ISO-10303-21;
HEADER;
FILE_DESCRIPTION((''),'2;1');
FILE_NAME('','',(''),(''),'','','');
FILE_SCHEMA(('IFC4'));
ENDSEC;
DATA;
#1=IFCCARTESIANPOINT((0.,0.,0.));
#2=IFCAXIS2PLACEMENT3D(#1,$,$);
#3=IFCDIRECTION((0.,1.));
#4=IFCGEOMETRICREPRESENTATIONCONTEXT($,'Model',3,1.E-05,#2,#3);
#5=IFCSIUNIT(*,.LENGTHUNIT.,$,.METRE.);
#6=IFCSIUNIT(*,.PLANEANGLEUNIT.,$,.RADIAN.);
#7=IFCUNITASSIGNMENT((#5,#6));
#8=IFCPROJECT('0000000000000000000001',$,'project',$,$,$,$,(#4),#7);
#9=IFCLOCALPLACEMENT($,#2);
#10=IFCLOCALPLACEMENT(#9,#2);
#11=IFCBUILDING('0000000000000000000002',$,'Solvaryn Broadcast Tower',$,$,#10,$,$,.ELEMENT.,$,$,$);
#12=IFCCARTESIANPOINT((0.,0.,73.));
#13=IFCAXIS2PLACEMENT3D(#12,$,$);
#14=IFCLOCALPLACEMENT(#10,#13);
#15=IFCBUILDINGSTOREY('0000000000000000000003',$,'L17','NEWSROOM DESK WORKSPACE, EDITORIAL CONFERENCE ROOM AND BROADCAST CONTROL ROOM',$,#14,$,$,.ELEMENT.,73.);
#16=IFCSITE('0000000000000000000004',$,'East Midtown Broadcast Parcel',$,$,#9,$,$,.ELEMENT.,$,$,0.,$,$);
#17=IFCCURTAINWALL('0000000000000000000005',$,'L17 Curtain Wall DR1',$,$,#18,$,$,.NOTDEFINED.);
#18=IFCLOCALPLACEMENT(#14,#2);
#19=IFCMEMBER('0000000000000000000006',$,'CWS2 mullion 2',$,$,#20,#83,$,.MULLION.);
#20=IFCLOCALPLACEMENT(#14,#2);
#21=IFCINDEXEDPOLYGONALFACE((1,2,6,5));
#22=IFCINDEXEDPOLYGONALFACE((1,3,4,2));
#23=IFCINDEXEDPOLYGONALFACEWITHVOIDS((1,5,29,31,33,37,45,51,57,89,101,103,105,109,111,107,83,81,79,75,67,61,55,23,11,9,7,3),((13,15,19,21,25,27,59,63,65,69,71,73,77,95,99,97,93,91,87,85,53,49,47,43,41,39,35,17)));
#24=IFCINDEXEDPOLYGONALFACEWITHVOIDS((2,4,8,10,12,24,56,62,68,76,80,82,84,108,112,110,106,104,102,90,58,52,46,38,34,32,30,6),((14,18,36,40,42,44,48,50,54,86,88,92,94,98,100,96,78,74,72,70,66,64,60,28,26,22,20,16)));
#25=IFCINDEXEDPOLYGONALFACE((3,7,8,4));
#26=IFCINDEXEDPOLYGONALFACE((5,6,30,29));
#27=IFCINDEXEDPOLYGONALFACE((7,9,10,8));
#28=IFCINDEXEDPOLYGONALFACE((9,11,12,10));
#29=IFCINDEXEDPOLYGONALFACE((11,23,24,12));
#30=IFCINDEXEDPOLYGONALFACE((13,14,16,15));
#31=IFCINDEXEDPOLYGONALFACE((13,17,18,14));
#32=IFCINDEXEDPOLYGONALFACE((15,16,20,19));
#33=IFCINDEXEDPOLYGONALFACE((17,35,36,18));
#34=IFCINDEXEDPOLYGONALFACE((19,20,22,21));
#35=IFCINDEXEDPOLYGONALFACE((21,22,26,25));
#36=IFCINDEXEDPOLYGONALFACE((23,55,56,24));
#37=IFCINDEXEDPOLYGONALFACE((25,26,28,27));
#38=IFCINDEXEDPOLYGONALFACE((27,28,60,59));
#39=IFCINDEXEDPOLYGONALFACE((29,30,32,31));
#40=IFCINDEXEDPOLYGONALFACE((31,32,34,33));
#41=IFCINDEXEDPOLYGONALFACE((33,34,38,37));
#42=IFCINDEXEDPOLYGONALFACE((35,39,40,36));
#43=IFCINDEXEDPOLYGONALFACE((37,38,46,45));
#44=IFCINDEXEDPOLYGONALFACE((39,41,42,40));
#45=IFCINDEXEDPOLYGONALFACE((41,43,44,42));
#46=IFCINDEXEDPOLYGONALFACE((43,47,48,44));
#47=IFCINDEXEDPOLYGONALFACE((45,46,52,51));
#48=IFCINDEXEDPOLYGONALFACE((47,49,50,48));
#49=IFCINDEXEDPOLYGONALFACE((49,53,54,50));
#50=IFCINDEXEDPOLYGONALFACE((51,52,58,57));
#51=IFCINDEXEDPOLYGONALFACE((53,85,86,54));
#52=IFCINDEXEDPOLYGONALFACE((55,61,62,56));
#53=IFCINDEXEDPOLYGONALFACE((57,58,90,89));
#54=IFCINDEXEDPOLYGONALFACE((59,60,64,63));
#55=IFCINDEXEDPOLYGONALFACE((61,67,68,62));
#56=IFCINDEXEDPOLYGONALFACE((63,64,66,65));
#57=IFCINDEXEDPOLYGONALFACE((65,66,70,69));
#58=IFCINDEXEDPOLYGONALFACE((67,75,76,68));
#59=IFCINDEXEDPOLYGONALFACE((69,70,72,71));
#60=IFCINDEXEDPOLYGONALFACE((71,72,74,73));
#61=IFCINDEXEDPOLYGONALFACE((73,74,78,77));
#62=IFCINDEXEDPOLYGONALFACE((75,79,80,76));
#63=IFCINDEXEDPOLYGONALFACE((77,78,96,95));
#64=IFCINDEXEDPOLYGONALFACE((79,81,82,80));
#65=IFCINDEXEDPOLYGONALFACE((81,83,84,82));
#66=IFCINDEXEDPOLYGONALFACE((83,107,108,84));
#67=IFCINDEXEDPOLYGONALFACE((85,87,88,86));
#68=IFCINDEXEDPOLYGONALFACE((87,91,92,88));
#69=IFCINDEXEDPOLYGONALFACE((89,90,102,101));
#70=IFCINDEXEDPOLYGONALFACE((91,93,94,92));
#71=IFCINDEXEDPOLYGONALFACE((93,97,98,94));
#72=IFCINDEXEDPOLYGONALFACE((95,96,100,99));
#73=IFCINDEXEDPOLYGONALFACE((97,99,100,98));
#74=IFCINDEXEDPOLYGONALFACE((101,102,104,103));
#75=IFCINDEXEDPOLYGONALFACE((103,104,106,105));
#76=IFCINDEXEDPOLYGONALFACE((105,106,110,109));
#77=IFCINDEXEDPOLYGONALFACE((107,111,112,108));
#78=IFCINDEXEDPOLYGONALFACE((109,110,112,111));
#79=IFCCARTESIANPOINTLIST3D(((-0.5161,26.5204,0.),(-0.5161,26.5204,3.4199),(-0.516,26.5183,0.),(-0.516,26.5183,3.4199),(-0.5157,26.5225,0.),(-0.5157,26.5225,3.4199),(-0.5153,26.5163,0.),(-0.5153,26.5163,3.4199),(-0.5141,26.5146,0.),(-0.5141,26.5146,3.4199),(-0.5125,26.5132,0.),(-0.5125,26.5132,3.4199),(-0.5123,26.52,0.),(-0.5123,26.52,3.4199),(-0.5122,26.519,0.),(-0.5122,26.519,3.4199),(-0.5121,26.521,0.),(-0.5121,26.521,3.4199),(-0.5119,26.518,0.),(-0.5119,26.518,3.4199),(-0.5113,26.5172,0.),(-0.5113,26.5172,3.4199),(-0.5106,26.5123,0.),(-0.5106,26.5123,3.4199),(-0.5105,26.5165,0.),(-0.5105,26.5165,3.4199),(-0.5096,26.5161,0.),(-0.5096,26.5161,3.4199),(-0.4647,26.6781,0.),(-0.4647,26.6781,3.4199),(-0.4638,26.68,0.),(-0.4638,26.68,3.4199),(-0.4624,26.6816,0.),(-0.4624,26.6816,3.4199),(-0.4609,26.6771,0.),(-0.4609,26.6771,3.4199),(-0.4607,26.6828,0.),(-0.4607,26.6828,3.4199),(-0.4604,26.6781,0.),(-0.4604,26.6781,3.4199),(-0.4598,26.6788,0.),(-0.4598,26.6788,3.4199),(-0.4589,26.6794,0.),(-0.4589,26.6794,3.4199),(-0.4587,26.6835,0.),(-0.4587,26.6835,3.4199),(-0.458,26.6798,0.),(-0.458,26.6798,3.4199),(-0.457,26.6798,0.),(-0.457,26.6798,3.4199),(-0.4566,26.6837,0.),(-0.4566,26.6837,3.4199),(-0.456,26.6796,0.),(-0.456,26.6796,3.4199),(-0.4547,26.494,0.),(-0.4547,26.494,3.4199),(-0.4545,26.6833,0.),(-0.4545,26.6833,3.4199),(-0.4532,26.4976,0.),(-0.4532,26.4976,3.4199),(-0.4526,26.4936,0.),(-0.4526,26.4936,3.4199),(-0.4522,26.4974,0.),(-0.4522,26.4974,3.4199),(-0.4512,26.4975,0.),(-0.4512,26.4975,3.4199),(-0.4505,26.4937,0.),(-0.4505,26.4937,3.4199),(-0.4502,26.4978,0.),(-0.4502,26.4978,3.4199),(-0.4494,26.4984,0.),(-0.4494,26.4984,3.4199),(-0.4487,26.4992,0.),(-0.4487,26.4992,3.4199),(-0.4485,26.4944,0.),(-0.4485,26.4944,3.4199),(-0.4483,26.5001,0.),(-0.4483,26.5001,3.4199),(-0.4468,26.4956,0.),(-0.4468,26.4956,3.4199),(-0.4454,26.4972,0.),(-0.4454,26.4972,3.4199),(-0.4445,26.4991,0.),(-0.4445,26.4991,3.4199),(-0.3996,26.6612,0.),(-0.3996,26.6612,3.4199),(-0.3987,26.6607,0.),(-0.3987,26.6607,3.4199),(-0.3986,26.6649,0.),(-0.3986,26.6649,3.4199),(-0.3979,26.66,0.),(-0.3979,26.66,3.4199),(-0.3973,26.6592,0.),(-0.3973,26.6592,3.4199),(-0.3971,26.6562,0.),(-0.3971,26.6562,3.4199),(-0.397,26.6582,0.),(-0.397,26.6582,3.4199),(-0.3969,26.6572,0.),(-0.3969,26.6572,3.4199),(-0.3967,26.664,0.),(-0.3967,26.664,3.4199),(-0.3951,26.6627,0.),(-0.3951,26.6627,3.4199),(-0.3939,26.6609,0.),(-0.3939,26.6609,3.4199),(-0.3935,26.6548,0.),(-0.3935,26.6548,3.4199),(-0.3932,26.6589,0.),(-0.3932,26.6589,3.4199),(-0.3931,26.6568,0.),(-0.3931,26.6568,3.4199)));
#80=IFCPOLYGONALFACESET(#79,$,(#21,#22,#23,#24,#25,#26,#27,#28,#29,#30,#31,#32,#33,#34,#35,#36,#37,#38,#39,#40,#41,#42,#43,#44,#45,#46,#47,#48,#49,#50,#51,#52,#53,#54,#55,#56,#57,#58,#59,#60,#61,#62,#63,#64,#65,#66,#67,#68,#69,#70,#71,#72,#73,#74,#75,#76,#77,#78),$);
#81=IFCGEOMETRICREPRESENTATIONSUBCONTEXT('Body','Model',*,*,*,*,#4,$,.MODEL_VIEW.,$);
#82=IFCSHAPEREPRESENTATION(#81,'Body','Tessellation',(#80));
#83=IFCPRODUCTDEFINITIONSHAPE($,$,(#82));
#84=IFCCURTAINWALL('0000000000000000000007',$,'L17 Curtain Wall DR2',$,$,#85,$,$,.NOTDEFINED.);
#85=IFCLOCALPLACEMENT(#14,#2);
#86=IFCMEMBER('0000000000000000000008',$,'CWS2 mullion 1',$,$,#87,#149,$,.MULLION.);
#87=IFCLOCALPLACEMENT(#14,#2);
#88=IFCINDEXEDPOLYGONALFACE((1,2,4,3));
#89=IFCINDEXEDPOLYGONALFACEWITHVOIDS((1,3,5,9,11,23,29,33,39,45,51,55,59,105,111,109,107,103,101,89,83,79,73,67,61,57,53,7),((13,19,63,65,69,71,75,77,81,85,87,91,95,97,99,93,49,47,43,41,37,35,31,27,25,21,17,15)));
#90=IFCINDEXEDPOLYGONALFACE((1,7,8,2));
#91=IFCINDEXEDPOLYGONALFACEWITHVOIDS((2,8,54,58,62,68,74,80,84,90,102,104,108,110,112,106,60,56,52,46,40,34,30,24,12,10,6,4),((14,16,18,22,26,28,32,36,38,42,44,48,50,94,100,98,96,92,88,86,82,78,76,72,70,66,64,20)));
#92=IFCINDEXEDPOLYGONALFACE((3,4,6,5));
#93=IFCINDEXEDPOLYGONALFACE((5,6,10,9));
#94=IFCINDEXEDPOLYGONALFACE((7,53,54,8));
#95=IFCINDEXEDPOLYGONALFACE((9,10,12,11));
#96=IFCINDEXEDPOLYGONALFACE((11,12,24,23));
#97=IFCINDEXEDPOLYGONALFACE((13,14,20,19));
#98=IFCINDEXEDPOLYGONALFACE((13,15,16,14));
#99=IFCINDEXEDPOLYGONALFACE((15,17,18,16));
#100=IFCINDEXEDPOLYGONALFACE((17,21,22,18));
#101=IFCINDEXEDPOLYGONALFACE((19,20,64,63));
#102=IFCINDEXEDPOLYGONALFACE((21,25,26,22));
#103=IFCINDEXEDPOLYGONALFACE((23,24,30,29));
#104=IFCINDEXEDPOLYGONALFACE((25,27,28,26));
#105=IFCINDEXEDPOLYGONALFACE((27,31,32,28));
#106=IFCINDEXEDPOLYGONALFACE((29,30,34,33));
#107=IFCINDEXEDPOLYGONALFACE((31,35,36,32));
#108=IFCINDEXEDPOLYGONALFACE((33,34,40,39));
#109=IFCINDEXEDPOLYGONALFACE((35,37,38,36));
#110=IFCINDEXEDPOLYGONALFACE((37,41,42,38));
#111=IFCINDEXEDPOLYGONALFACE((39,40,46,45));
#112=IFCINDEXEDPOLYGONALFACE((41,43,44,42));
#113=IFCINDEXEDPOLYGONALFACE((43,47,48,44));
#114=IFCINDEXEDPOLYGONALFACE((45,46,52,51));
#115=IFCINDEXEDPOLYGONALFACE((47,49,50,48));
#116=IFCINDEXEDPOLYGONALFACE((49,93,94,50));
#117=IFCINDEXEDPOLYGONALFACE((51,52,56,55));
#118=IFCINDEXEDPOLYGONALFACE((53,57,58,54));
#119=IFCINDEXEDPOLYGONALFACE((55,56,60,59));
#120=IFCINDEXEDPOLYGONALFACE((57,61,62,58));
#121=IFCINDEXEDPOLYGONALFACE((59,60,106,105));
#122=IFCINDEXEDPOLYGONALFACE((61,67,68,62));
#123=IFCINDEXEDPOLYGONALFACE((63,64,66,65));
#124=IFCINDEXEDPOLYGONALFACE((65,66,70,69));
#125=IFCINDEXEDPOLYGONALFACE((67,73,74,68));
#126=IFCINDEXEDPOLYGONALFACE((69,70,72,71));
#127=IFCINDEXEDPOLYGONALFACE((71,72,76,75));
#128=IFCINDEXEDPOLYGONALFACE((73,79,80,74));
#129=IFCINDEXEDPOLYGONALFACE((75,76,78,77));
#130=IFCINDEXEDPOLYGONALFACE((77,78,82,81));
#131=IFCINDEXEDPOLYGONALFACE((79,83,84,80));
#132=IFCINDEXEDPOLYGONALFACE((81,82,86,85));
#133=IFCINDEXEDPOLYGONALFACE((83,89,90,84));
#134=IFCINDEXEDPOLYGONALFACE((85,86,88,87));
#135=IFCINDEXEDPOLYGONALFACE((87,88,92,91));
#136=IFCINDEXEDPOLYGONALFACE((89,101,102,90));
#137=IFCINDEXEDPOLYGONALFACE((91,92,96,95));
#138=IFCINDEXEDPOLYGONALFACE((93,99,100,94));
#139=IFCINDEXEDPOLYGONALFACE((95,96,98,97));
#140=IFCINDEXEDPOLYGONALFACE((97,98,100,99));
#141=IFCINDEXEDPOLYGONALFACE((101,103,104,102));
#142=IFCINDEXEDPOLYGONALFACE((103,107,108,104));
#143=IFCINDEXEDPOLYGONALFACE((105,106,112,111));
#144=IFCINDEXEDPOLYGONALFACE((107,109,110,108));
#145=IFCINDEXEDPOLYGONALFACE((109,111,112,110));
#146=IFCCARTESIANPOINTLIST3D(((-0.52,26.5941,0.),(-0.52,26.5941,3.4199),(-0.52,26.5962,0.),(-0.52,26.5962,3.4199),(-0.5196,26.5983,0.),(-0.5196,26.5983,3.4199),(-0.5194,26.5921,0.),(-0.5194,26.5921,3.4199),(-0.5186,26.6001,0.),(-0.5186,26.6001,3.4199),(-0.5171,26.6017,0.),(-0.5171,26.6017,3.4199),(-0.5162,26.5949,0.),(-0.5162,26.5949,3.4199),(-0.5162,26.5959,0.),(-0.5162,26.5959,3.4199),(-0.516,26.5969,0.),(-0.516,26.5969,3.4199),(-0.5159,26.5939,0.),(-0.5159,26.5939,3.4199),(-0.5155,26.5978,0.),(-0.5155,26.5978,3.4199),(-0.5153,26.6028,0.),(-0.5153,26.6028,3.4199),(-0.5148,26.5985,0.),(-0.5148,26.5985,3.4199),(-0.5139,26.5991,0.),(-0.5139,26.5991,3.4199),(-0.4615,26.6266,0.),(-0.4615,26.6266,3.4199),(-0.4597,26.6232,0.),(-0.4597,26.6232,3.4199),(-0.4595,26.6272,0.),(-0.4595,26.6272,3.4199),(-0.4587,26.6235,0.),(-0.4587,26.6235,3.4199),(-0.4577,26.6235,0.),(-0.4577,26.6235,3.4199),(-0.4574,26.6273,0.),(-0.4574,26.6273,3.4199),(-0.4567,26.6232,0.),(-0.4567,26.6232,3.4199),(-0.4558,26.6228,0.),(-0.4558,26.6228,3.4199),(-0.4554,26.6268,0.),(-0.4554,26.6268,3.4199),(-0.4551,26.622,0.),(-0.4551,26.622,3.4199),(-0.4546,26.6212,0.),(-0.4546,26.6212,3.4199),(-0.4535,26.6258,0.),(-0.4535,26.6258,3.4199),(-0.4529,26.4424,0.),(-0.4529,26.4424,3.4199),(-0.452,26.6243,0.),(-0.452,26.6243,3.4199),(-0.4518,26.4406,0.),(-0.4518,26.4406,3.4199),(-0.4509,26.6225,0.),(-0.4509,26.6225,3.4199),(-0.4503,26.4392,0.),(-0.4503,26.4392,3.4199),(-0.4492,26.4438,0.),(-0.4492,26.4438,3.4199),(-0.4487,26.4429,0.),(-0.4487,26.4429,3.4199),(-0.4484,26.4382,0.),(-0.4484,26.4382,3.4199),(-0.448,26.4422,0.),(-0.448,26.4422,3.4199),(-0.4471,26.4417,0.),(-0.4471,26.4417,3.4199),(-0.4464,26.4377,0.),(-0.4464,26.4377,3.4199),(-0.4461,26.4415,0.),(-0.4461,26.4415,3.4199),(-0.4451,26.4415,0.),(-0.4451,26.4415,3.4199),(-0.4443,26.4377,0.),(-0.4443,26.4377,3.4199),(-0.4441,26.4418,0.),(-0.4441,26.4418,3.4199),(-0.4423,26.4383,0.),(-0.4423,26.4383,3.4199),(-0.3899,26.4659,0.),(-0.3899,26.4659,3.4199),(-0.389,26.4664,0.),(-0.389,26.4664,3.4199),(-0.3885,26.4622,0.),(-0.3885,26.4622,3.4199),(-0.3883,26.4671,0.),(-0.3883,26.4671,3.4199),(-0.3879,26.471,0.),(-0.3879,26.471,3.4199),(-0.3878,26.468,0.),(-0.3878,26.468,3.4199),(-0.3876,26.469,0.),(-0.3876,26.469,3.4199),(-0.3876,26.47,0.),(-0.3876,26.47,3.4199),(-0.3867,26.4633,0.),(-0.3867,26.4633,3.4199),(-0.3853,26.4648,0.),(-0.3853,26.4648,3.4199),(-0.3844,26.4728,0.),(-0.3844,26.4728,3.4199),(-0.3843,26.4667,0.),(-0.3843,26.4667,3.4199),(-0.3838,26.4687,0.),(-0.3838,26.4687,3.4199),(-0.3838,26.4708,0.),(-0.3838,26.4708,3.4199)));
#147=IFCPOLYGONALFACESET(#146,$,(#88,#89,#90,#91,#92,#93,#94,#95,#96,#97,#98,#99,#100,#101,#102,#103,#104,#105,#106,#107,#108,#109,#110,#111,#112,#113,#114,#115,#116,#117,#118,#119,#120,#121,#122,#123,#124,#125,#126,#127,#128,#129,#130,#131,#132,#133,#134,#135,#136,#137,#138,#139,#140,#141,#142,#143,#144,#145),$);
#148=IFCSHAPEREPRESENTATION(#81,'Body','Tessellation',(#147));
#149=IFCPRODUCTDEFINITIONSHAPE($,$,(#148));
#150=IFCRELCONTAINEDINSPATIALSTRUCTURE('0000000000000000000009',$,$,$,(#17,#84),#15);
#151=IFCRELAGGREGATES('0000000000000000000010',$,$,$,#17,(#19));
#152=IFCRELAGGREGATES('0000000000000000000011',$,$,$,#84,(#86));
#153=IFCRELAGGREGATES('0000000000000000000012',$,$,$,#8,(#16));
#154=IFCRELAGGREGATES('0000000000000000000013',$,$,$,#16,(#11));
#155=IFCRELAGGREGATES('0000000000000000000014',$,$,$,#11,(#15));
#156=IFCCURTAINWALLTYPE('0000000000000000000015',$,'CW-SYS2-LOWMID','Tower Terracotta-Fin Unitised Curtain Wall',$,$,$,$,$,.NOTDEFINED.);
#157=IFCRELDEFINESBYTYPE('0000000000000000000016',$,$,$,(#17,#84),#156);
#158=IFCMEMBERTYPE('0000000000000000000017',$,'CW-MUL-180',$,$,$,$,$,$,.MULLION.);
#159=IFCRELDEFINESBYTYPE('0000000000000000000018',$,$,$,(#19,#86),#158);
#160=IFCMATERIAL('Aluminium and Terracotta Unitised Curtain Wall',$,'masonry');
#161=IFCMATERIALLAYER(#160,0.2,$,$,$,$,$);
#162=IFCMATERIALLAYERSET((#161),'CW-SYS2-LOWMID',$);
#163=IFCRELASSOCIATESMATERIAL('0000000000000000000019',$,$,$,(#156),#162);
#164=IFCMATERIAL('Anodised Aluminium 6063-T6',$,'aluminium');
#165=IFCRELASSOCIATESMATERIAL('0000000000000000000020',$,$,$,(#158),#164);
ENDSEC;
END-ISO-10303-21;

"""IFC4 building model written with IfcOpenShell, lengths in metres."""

from ifc_helpers import new_model, si_unit, direction, frame, origin, origin_2d, place, context, subcontext, project, spatial, hollow_rectangle, extrude, material, layer, layer_set, material_profile, profile_set, type_object, element, aggregate, save


model = new_model("IFC4")

# Units and contexts
model_context = context("Model", 3, precision=1e-05, world=origin(), true_north=direction((0.0, 1.0)))
body_context = subcontext(model_context, "Body", "Model", "MODEL_VIEW")
ifc_project = project(units=[si_unit("LENGTHUNIT", "METRE"), si_unit("PLANEANGLEUNIT", "RADIAN")], contexts=[model_context])

# Site, building, storey
site_placement = place(None, origin())
site = spatial("IfcSite", under=ifc_project, at=site_placement, Name="East Midtown Broadcast Parcel", CompositionType="ELEMENT", RefElevation=0.0)
building_placement = place(site_placement, origin())
building = spatial("IfcBuilding", under=site, at=building_placement, Name="Solvaryn Broadcast Tower", CompositionType="ELEMENT")
storey_placement = place(building_placement, frame((0.0, 0.0, 73.0)))
storey = spatial("IfcBuildingStorey", under=building, at=storey_placement, Name="L17", Description="NEWSROOM DESK WORKSPACE, EDITORIAL CONFERENCE ROOM AND BROADCAST CONTROL ROOM", CompositionType="ELEMENT", Elevation=73.0)

# Curtain wall, member
ifc_material_1 = material(Name="Aluminium and Terracotta Unitised Curtain Wall", Category="masonry")
ifc_layer_1 = layer(ifc_material_1, 0.2)
ifc_layer_set_1 = layer_set([ifc_layer_1], Name="CW-SYS2-LOWMID")
curtain_wall_type = type_object("IfcCurtainWallType", Name="CW-SYS2-LOWMID", Description="Tower Terracotta-Fin Unitised Curtain Wall", PredefinedType="NOTDEFINED", material=ifc_layer_set_1)
curtain_wall_1_placement = place(storey_placement, origin())
curtain_wall_1 = element("IfcCurtainWall", 1, at=curtain_wall_1_placement, inside=storey, type_object=curtain_wall_type, Name="L17 Curtain Wall DR1", PredefinedType="NOTDEFINED")
ifc_material_2 = material(Name="Anodised Aluminium 6063-T6", Category="aluminium")
ifc_material_profile_1 = material_profile(ifc_material_2, hollow_rectangle(XDim=0.075, YDim=0.1799, WallThickness=0.0039, InnerFilletRadius=0.0039, OuterFilletRadius=0.0081, at=origin_2d()))
ifc_profile_set_1 = profile_set([ifc_material_profile_1], Name="Anodised Aluminium 6063-T6")
member_type_1 = type_object("IfcMemberType", Name="CW-MUL-180", PredefinedType="MULLION", material=ifc_profile_set_1)
member_1_placement = place(storey_placement, frame((-0.4546, 26.5886, 0.0), z_axis=(0.0, 0.0, 1.0), x_axis=(0.950215, -0.311594, 0.0)))
member_1 = element("IfcMember", 2, at=member_1_placement, type_object=member_type_1, Name="CWS2 mullion 2", PredefinedType="MULLION", context=body_context, shape_type="SweptSolid", body=[
    extrude(hollow_rectangle(XDim=0.075, YDim=0.1799, WallThickness=0.0039, InnerFilletRadius=0.0039, OuterFilletRadius=0.0081, at=origin_2d()), origin(), (0.0, 0.0, 1.0), 3.4199),
])
aggregate(curtain_wall_1, [member_1])

# Curtain wall, member
curtain_wall_2_placement = place(storey_placement, origin())
curtain_wall_2 = element("IfcCurtainWall", 3, at=curtain_wall_2_placement, inside=storey, type_object=curtain_wall_type, Name="L17 Curtain Wall DR2", PredefinedType="NOTDEFINED")
member_2_placement = place(storey_placement, frame((-0.4519, 26.5325, 0.0), z_axis=(0.0, 0.0, 1.0), x_axis=(0.913918, 0.405898, 0.0)))
member_2 = element("IfcMember", 4, at=member_2_placement, type_object=member_type_1, Name="CWS2 mullion 1", PredefinedType="MULLION", context=body_context, shape_type="SweptSolid", body=[
    extrude(hollow_rectangle(XDim=0.075, YDim=0.1799, WallThickness=0.0039, InnerFilletRadius=0.0039, OuterFilletRadius=0.0081, at=origin_2d()), origin(), (0.0, 0.0, 1.0), 3.4199),
])
aggregate(curtain_wall_2, [member_2])

save(model, "model.ifc")
